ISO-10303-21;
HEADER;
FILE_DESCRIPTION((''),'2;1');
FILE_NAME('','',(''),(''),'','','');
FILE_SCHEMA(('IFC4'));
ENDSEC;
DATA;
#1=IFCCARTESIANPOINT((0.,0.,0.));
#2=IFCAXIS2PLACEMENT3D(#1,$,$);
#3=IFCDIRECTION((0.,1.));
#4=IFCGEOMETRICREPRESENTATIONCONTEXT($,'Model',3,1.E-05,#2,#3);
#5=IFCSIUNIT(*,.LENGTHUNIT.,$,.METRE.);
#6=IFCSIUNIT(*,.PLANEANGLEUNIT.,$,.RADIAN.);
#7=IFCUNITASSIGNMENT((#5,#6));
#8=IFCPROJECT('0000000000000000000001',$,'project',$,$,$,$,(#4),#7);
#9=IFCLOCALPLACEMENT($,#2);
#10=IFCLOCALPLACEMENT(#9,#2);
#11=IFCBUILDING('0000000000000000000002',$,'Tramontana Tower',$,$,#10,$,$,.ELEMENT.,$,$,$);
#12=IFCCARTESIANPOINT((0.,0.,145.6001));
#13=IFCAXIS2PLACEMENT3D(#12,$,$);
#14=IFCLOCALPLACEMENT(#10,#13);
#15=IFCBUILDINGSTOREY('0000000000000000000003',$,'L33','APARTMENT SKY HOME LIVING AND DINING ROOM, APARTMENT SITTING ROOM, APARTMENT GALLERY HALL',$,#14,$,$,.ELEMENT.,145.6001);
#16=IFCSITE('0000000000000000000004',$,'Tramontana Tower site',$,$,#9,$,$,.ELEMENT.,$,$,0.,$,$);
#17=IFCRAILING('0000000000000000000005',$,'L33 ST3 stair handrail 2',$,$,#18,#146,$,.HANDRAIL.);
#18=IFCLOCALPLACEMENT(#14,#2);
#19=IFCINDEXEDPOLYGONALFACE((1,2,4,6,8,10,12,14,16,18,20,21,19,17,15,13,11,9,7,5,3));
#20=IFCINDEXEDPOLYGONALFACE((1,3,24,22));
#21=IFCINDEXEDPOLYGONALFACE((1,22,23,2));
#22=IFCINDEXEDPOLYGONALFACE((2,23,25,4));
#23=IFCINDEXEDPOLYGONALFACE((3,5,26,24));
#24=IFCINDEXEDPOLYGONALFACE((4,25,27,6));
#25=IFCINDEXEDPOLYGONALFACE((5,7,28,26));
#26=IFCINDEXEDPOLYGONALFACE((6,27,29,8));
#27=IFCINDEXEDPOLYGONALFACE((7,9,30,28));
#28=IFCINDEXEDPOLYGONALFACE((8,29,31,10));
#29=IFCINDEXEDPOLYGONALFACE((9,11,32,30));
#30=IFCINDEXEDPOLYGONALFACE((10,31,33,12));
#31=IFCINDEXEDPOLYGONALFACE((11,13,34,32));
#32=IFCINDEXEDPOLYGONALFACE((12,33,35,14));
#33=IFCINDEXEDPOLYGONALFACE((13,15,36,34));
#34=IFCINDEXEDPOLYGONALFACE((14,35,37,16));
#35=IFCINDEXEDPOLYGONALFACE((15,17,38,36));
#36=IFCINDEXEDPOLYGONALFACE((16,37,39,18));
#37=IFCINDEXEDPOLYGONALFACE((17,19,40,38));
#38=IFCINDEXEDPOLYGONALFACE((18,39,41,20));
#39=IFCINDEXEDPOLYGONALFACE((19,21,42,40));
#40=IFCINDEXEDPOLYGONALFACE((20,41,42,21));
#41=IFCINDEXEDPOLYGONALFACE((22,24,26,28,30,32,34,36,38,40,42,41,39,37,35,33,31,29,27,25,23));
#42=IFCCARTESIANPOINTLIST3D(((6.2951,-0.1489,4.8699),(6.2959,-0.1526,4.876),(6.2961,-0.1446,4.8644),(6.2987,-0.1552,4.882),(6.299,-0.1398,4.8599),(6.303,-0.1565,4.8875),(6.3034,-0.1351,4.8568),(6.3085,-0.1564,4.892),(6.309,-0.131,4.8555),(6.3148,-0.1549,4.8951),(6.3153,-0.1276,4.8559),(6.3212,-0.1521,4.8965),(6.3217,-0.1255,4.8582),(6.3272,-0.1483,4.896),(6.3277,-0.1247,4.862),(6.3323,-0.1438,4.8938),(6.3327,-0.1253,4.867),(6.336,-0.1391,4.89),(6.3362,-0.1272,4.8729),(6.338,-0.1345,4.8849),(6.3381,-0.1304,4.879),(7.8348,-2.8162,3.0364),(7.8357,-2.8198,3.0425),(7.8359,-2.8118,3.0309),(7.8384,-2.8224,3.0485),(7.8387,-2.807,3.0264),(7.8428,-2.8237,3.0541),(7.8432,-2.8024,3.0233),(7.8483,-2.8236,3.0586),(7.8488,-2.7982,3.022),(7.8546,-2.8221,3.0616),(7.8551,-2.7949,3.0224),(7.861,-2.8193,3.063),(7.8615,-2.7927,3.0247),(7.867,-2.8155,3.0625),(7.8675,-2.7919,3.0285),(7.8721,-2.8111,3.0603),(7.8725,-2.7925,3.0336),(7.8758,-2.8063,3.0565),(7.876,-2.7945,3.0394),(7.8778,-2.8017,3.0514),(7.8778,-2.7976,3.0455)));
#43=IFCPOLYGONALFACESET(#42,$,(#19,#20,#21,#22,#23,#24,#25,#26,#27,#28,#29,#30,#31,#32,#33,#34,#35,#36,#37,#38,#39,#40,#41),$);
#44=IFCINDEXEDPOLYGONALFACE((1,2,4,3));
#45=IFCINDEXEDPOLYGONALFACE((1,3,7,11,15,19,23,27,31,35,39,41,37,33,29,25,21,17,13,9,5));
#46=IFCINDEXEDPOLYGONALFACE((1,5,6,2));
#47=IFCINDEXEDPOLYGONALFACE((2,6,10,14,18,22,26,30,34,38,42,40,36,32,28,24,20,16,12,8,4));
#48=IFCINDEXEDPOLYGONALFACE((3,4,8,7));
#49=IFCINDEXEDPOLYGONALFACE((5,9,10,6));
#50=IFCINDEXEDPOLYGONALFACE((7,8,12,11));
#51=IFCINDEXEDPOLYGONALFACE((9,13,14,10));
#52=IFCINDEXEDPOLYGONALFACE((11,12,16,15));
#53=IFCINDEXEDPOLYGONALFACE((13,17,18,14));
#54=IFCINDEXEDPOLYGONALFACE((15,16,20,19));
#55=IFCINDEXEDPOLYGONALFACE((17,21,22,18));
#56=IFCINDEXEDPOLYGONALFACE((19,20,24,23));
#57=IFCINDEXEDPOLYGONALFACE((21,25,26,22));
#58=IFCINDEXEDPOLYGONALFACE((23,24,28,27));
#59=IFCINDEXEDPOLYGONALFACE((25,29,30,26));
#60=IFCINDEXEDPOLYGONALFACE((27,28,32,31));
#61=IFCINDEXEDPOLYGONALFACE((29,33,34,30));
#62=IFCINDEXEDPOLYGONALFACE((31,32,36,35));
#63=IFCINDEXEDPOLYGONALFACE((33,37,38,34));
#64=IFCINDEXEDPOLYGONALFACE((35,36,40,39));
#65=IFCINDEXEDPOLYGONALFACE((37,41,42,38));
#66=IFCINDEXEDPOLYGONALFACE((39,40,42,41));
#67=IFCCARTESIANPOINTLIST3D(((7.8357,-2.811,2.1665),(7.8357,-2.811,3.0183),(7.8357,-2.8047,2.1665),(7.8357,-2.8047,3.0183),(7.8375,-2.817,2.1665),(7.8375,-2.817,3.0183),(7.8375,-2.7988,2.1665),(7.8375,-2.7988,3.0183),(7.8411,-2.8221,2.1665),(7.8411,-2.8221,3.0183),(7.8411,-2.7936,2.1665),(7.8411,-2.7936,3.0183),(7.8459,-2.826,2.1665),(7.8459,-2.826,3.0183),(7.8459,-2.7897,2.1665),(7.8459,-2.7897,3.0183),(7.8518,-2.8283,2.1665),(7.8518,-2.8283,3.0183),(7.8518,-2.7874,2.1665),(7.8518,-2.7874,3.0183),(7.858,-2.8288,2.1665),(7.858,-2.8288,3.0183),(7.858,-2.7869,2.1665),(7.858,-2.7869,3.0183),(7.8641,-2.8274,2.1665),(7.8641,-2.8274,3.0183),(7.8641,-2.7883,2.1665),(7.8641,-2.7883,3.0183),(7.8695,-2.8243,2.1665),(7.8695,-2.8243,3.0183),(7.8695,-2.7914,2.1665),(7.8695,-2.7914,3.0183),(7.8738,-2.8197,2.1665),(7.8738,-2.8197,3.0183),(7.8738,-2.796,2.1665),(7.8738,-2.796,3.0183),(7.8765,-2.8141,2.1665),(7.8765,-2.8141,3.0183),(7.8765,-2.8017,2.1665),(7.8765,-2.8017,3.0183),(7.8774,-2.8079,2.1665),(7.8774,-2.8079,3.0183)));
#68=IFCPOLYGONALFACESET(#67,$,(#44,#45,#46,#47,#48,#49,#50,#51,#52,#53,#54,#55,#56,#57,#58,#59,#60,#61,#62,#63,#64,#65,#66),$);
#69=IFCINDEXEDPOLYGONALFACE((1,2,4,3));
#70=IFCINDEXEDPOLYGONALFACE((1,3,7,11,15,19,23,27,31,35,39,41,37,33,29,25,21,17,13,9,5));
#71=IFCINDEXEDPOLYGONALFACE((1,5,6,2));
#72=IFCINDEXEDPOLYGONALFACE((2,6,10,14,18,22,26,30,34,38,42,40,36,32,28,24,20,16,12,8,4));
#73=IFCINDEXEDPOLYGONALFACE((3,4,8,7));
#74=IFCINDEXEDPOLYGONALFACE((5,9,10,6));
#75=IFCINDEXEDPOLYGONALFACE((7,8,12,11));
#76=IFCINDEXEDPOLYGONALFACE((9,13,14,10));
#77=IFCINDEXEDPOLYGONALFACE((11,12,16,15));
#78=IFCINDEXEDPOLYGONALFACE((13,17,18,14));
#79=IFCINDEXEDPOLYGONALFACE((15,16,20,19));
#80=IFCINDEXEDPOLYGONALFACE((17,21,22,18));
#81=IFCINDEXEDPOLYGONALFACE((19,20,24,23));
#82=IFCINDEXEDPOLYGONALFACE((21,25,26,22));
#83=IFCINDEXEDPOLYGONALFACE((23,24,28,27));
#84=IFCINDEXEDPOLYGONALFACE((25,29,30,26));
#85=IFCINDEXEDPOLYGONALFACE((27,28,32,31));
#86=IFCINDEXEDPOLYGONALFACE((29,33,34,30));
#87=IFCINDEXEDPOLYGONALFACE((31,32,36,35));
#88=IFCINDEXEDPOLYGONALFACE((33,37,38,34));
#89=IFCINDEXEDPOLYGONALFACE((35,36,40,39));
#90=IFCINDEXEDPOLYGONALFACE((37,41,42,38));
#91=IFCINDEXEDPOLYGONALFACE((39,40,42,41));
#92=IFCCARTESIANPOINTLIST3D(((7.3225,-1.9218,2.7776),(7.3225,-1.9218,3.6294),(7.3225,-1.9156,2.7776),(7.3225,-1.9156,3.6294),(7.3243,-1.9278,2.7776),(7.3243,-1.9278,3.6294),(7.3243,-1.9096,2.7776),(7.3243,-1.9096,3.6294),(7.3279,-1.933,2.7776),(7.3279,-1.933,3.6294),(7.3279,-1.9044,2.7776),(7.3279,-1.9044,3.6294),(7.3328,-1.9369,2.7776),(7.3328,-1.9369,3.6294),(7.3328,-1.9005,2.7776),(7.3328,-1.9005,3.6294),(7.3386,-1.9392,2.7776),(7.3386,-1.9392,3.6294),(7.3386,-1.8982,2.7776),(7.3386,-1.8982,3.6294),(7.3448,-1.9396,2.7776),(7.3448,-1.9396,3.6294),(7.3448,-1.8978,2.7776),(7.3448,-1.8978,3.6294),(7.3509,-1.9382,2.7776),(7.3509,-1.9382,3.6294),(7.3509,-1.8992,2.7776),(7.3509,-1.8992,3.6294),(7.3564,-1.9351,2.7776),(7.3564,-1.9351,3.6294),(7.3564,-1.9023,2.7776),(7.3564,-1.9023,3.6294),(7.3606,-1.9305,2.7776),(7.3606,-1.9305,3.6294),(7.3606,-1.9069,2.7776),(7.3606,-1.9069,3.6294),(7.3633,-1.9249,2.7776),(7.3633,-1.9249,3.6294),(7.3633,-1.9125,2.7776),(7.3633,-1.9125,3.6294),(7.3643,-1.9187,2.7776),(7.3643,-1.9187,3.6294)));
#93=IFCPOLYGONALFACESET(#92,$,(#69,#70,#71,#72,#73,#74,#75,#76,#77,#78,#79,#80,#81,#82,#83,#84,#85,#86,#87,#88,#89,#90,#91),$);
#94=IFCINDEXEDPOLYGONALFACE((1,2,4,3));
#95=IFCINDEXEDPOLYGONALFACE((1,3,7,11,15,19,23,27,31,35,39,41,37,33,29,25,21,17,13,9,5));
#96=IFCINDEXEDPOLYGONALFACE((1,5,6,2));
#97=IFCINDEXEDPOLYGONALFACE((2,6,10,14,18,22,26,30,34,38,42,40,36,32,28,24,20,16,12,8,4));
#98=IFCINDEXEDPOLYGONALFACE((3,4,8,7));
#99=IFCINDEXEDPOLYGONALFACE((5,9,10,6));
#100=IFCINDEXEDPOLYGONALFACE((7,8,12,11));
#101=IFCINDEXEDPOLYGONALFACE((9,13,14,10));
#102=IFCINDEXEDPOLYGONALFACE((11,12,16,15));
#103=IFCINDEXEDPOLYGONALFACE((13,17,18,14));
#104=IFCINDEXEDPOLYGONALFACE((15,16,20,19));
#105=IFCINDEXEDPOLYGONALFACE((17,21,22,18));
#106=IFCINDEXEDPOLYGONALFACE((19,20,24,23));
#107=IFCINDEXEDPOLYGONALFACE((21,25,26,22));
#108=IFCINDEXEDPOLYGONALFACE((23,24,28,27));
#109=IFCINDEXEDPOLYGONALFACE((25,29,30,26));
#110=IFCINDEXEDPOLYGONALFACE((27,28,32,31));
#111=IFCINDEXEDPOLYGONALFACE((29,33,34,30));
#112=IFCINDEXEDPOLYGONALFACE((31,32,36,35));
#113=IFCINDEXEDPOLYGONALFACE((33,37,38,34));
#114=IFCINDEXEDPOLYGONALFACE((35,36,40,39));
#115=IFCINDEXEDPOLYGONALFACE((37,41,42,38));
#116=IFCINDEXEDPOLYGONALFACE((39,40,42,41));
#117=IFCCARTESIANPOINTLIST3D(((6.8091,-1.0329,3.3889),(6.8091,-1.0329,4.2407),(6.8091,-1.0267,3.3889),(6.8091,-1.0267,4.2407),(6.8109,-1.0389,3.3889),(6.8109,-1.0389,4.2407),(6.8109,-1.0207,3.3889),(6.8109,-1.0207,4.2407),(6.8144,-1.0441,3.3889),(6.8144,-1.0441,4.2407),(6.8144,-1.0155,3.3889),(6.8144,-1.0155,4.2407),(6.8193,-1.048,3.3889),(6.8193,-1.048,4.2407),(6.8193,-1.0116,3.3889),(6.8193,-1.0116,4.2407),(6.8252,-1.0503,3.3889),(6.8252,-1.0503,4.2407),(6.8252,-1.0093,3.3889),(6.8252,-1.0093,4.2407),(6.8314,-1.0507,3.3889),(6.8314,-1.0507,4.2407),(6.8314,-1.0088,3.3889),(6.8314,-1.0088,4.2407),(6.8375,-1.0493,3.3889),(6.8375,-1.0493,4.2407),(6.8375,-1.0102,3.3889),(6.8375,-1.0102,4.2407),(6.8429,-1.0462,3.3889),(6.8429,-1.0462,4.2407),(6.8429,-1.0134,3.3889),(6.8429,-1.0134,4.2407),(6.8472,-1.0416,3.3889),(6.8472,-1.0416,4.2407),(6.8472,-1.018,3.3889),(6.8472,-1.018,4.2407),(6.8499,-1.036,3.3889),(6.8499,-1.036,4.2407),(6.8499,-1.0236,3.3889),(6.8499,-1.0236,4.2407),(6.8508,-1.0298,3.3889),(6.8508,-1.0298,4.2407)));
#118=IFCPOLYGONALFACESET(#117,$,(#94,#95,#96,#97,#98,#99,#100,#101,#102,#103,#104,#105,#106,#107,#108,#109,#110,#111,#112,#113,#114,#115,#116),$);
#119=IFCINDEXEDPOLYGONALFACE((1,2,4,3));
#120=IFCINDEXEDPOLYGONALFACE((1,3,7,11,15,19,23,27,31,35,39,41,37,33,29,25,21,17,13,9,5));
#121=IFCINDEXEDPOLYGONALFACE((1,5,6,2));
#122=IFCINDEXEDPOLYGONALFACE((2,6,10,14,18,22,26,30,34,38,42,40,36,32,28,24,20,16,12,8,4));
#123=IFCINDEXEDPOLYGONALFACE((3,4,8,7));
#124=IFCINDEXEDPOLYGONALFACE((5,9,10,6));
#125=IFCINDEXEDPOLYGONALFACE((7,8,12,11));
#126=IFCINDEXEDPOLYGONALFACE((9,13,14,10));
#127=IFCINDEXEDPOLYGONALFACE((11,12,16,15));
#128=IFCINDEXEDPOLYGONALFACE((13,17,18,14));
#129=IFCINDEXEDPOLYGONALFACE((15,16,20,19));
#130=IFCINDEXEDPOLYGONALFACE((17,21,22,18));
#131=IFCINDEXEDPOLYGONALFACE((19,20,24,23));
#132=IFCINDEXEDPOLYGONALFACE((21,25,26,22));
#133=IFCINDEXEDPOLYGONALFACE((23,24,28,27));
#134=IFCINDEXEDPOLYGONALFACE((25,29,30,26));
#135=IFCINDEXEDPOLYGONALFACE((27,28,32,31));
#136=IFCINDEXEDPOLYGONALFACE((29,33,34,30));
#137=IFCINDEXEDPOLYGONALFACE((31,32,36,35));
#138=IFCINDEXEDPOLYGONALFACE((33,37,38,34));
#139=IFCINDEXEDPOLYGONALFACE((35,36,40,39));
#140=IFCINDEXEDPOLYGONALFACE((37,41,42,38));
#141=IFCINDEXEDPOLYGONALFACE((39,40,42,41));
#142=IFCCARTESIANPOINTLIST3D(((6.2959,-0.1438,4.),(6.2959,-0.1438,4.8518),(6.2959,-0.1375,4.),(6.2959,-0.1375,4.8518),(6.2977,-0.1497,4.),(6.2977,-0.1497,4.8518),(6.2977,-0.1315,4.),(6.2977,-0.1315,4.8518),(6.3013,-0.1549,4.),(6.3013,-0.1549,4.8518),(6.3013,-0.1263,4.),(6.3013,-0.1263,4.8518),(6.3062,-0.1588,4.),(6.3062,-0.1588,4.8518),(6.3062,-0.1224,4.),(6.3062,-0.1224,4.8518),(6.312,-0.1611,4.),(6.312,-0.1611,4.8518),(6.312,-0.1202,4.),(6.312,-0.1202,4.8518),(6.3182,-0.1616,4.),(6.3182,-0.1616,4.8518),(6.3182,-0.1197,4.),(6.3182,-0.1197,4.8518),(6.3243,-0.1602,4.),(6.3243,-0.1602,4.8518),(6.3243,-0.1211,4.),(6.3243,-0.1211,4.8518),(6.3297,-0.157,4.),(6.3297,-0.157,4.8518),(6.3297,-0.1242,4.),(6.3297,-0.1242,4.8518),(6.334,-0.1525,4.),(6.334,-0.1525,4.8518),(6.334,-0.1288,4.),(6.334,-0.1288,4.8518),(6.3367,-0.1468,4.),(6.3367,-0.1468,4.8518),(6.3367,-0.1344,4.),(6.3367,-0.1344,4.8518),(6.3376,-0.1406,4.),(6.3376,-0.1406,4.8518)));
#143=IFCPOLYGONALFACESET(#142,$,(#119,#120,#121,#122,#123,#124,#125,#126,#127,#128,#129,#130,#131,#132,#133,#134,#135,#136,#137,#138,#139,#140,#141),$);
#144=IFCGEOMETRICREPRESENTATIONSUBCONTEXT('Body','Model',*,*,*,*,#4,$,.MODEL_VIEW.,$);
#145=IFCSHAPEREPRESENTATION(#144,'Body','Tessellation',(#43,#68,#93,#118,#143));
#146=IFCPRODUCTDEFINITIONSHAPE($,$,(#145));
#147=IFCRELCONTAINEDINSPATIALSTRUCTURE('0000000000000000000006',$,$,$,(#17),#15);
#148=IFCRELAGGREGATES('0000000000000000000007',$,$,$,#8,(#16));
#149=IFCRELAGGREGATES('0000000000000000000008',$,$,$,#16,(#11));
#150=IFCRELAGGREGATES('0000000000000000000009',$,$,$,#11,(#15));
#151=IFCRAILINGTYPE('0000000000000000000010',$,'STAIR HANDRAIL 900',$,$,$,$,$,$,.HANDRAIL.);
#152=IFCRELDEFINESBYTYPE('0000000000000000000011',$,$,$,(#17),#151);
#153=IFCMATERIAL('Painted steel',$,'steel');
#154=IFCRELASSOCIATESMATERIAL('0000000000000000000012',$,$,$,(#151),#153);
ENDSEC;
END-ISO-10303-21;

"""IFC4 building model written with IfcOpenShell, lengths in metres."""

from ifc_helpers import new_model, si_unit, direction, frame, origin, origin_2d, place, context, subcontext, project, spatial, circle, extrude, material, type_object, element, save


model = new_model("IFC4")

# Units and contexts
model_context = context("Model", 3, precision=1e-05, world=origin(), true_north=direction((0.0, 1.0)))
body_context = subcontext(model_context, "Body", "Model", "MODEL_VIEW")
ifc_project = project(units=[si_unit("LENGTHUNIT", "METRE"), si_unit("PLANEANGLEUNIT", "RADIAN")], contexts=[model_context])

# Site, building, storey
site_placement = place(None, origin())
site = spatial("IfcSite", under=ifc_project, at=site_placement, Name="Tramontana Tower site", CompositionType="ELEMENT", RefElevation=0.0)
building_placement = place(site_placement, origin())
building = spatial("IfcBuilding", under=site, at=building_placement, Name="Tramontana Tower", CompositionType="ELEMENT")
storey_placement = place(building_placement, frame((0.0, 0.0, 145.6001)))
storey = spatial("IfcBuildingStorey", under=building, at=storey_placement, Name="L33", Description="APARTMENT SKY HOME LIVING AND DINING ROOM, APARTMENT SITTING ROOM, APARTMENT GALLERY HALL", CompositionType="ELEMENT", Elevation=145.6001)

# Railing
ifc_material_1 = material(Name="Painted steel", Category="steel")
railing_type_1 = type_object("IfcRailingType", Name="STAIR HANDRAIL 900", PredefinedType="HANDRAIL", material=ifc_material_1)
railing_1_placement = place(storey_placement, frame((7.8564, -2.8079, 2.1665)))
element("IfcRailing", 1, at=railing_1_placement, inside=storey, type_object=railing_type_1, Name="L33 ST3 stair handrail 2", PredefinedType="HANDRAIL", context=body_context, shape_type="SweptSolid", body=[
    extrude(circle(Radius=0.0239, at=origin_2d()), frame((0.0, 0.0, 0.876), z_axis=(-0.429601, 0.744155, 0.511543), x_axis=(-0.866044, -0.499967, 0.0)), (0.0, 0.0, 1.0), 3.5842),
    extrude(circle(Radius=0.021, at=origin_2d()), origin(), (0.0, 0.0, 1.0), 0.8518),
    extrude(circle(Radius=0.021, at=origin_2d()), frame((-0.5132, 0.8892, 0.6111)), (0.0, 0.0, 1.0), 0.8518),
    extrude(circle(Radius=0.021, at=origin_2d()), frame((-1.0266, 1.7781, 1.2224)), (0.0, 0.0, 1.0), 0.8518),
    extrude(circle(Radius=0.021, at=origin_2d()), frame((-1.5398, 2.6672, 1.8335)), (0.0, 0.0, 1.0), 0.8518),
])

save(model, "model.ifc")
